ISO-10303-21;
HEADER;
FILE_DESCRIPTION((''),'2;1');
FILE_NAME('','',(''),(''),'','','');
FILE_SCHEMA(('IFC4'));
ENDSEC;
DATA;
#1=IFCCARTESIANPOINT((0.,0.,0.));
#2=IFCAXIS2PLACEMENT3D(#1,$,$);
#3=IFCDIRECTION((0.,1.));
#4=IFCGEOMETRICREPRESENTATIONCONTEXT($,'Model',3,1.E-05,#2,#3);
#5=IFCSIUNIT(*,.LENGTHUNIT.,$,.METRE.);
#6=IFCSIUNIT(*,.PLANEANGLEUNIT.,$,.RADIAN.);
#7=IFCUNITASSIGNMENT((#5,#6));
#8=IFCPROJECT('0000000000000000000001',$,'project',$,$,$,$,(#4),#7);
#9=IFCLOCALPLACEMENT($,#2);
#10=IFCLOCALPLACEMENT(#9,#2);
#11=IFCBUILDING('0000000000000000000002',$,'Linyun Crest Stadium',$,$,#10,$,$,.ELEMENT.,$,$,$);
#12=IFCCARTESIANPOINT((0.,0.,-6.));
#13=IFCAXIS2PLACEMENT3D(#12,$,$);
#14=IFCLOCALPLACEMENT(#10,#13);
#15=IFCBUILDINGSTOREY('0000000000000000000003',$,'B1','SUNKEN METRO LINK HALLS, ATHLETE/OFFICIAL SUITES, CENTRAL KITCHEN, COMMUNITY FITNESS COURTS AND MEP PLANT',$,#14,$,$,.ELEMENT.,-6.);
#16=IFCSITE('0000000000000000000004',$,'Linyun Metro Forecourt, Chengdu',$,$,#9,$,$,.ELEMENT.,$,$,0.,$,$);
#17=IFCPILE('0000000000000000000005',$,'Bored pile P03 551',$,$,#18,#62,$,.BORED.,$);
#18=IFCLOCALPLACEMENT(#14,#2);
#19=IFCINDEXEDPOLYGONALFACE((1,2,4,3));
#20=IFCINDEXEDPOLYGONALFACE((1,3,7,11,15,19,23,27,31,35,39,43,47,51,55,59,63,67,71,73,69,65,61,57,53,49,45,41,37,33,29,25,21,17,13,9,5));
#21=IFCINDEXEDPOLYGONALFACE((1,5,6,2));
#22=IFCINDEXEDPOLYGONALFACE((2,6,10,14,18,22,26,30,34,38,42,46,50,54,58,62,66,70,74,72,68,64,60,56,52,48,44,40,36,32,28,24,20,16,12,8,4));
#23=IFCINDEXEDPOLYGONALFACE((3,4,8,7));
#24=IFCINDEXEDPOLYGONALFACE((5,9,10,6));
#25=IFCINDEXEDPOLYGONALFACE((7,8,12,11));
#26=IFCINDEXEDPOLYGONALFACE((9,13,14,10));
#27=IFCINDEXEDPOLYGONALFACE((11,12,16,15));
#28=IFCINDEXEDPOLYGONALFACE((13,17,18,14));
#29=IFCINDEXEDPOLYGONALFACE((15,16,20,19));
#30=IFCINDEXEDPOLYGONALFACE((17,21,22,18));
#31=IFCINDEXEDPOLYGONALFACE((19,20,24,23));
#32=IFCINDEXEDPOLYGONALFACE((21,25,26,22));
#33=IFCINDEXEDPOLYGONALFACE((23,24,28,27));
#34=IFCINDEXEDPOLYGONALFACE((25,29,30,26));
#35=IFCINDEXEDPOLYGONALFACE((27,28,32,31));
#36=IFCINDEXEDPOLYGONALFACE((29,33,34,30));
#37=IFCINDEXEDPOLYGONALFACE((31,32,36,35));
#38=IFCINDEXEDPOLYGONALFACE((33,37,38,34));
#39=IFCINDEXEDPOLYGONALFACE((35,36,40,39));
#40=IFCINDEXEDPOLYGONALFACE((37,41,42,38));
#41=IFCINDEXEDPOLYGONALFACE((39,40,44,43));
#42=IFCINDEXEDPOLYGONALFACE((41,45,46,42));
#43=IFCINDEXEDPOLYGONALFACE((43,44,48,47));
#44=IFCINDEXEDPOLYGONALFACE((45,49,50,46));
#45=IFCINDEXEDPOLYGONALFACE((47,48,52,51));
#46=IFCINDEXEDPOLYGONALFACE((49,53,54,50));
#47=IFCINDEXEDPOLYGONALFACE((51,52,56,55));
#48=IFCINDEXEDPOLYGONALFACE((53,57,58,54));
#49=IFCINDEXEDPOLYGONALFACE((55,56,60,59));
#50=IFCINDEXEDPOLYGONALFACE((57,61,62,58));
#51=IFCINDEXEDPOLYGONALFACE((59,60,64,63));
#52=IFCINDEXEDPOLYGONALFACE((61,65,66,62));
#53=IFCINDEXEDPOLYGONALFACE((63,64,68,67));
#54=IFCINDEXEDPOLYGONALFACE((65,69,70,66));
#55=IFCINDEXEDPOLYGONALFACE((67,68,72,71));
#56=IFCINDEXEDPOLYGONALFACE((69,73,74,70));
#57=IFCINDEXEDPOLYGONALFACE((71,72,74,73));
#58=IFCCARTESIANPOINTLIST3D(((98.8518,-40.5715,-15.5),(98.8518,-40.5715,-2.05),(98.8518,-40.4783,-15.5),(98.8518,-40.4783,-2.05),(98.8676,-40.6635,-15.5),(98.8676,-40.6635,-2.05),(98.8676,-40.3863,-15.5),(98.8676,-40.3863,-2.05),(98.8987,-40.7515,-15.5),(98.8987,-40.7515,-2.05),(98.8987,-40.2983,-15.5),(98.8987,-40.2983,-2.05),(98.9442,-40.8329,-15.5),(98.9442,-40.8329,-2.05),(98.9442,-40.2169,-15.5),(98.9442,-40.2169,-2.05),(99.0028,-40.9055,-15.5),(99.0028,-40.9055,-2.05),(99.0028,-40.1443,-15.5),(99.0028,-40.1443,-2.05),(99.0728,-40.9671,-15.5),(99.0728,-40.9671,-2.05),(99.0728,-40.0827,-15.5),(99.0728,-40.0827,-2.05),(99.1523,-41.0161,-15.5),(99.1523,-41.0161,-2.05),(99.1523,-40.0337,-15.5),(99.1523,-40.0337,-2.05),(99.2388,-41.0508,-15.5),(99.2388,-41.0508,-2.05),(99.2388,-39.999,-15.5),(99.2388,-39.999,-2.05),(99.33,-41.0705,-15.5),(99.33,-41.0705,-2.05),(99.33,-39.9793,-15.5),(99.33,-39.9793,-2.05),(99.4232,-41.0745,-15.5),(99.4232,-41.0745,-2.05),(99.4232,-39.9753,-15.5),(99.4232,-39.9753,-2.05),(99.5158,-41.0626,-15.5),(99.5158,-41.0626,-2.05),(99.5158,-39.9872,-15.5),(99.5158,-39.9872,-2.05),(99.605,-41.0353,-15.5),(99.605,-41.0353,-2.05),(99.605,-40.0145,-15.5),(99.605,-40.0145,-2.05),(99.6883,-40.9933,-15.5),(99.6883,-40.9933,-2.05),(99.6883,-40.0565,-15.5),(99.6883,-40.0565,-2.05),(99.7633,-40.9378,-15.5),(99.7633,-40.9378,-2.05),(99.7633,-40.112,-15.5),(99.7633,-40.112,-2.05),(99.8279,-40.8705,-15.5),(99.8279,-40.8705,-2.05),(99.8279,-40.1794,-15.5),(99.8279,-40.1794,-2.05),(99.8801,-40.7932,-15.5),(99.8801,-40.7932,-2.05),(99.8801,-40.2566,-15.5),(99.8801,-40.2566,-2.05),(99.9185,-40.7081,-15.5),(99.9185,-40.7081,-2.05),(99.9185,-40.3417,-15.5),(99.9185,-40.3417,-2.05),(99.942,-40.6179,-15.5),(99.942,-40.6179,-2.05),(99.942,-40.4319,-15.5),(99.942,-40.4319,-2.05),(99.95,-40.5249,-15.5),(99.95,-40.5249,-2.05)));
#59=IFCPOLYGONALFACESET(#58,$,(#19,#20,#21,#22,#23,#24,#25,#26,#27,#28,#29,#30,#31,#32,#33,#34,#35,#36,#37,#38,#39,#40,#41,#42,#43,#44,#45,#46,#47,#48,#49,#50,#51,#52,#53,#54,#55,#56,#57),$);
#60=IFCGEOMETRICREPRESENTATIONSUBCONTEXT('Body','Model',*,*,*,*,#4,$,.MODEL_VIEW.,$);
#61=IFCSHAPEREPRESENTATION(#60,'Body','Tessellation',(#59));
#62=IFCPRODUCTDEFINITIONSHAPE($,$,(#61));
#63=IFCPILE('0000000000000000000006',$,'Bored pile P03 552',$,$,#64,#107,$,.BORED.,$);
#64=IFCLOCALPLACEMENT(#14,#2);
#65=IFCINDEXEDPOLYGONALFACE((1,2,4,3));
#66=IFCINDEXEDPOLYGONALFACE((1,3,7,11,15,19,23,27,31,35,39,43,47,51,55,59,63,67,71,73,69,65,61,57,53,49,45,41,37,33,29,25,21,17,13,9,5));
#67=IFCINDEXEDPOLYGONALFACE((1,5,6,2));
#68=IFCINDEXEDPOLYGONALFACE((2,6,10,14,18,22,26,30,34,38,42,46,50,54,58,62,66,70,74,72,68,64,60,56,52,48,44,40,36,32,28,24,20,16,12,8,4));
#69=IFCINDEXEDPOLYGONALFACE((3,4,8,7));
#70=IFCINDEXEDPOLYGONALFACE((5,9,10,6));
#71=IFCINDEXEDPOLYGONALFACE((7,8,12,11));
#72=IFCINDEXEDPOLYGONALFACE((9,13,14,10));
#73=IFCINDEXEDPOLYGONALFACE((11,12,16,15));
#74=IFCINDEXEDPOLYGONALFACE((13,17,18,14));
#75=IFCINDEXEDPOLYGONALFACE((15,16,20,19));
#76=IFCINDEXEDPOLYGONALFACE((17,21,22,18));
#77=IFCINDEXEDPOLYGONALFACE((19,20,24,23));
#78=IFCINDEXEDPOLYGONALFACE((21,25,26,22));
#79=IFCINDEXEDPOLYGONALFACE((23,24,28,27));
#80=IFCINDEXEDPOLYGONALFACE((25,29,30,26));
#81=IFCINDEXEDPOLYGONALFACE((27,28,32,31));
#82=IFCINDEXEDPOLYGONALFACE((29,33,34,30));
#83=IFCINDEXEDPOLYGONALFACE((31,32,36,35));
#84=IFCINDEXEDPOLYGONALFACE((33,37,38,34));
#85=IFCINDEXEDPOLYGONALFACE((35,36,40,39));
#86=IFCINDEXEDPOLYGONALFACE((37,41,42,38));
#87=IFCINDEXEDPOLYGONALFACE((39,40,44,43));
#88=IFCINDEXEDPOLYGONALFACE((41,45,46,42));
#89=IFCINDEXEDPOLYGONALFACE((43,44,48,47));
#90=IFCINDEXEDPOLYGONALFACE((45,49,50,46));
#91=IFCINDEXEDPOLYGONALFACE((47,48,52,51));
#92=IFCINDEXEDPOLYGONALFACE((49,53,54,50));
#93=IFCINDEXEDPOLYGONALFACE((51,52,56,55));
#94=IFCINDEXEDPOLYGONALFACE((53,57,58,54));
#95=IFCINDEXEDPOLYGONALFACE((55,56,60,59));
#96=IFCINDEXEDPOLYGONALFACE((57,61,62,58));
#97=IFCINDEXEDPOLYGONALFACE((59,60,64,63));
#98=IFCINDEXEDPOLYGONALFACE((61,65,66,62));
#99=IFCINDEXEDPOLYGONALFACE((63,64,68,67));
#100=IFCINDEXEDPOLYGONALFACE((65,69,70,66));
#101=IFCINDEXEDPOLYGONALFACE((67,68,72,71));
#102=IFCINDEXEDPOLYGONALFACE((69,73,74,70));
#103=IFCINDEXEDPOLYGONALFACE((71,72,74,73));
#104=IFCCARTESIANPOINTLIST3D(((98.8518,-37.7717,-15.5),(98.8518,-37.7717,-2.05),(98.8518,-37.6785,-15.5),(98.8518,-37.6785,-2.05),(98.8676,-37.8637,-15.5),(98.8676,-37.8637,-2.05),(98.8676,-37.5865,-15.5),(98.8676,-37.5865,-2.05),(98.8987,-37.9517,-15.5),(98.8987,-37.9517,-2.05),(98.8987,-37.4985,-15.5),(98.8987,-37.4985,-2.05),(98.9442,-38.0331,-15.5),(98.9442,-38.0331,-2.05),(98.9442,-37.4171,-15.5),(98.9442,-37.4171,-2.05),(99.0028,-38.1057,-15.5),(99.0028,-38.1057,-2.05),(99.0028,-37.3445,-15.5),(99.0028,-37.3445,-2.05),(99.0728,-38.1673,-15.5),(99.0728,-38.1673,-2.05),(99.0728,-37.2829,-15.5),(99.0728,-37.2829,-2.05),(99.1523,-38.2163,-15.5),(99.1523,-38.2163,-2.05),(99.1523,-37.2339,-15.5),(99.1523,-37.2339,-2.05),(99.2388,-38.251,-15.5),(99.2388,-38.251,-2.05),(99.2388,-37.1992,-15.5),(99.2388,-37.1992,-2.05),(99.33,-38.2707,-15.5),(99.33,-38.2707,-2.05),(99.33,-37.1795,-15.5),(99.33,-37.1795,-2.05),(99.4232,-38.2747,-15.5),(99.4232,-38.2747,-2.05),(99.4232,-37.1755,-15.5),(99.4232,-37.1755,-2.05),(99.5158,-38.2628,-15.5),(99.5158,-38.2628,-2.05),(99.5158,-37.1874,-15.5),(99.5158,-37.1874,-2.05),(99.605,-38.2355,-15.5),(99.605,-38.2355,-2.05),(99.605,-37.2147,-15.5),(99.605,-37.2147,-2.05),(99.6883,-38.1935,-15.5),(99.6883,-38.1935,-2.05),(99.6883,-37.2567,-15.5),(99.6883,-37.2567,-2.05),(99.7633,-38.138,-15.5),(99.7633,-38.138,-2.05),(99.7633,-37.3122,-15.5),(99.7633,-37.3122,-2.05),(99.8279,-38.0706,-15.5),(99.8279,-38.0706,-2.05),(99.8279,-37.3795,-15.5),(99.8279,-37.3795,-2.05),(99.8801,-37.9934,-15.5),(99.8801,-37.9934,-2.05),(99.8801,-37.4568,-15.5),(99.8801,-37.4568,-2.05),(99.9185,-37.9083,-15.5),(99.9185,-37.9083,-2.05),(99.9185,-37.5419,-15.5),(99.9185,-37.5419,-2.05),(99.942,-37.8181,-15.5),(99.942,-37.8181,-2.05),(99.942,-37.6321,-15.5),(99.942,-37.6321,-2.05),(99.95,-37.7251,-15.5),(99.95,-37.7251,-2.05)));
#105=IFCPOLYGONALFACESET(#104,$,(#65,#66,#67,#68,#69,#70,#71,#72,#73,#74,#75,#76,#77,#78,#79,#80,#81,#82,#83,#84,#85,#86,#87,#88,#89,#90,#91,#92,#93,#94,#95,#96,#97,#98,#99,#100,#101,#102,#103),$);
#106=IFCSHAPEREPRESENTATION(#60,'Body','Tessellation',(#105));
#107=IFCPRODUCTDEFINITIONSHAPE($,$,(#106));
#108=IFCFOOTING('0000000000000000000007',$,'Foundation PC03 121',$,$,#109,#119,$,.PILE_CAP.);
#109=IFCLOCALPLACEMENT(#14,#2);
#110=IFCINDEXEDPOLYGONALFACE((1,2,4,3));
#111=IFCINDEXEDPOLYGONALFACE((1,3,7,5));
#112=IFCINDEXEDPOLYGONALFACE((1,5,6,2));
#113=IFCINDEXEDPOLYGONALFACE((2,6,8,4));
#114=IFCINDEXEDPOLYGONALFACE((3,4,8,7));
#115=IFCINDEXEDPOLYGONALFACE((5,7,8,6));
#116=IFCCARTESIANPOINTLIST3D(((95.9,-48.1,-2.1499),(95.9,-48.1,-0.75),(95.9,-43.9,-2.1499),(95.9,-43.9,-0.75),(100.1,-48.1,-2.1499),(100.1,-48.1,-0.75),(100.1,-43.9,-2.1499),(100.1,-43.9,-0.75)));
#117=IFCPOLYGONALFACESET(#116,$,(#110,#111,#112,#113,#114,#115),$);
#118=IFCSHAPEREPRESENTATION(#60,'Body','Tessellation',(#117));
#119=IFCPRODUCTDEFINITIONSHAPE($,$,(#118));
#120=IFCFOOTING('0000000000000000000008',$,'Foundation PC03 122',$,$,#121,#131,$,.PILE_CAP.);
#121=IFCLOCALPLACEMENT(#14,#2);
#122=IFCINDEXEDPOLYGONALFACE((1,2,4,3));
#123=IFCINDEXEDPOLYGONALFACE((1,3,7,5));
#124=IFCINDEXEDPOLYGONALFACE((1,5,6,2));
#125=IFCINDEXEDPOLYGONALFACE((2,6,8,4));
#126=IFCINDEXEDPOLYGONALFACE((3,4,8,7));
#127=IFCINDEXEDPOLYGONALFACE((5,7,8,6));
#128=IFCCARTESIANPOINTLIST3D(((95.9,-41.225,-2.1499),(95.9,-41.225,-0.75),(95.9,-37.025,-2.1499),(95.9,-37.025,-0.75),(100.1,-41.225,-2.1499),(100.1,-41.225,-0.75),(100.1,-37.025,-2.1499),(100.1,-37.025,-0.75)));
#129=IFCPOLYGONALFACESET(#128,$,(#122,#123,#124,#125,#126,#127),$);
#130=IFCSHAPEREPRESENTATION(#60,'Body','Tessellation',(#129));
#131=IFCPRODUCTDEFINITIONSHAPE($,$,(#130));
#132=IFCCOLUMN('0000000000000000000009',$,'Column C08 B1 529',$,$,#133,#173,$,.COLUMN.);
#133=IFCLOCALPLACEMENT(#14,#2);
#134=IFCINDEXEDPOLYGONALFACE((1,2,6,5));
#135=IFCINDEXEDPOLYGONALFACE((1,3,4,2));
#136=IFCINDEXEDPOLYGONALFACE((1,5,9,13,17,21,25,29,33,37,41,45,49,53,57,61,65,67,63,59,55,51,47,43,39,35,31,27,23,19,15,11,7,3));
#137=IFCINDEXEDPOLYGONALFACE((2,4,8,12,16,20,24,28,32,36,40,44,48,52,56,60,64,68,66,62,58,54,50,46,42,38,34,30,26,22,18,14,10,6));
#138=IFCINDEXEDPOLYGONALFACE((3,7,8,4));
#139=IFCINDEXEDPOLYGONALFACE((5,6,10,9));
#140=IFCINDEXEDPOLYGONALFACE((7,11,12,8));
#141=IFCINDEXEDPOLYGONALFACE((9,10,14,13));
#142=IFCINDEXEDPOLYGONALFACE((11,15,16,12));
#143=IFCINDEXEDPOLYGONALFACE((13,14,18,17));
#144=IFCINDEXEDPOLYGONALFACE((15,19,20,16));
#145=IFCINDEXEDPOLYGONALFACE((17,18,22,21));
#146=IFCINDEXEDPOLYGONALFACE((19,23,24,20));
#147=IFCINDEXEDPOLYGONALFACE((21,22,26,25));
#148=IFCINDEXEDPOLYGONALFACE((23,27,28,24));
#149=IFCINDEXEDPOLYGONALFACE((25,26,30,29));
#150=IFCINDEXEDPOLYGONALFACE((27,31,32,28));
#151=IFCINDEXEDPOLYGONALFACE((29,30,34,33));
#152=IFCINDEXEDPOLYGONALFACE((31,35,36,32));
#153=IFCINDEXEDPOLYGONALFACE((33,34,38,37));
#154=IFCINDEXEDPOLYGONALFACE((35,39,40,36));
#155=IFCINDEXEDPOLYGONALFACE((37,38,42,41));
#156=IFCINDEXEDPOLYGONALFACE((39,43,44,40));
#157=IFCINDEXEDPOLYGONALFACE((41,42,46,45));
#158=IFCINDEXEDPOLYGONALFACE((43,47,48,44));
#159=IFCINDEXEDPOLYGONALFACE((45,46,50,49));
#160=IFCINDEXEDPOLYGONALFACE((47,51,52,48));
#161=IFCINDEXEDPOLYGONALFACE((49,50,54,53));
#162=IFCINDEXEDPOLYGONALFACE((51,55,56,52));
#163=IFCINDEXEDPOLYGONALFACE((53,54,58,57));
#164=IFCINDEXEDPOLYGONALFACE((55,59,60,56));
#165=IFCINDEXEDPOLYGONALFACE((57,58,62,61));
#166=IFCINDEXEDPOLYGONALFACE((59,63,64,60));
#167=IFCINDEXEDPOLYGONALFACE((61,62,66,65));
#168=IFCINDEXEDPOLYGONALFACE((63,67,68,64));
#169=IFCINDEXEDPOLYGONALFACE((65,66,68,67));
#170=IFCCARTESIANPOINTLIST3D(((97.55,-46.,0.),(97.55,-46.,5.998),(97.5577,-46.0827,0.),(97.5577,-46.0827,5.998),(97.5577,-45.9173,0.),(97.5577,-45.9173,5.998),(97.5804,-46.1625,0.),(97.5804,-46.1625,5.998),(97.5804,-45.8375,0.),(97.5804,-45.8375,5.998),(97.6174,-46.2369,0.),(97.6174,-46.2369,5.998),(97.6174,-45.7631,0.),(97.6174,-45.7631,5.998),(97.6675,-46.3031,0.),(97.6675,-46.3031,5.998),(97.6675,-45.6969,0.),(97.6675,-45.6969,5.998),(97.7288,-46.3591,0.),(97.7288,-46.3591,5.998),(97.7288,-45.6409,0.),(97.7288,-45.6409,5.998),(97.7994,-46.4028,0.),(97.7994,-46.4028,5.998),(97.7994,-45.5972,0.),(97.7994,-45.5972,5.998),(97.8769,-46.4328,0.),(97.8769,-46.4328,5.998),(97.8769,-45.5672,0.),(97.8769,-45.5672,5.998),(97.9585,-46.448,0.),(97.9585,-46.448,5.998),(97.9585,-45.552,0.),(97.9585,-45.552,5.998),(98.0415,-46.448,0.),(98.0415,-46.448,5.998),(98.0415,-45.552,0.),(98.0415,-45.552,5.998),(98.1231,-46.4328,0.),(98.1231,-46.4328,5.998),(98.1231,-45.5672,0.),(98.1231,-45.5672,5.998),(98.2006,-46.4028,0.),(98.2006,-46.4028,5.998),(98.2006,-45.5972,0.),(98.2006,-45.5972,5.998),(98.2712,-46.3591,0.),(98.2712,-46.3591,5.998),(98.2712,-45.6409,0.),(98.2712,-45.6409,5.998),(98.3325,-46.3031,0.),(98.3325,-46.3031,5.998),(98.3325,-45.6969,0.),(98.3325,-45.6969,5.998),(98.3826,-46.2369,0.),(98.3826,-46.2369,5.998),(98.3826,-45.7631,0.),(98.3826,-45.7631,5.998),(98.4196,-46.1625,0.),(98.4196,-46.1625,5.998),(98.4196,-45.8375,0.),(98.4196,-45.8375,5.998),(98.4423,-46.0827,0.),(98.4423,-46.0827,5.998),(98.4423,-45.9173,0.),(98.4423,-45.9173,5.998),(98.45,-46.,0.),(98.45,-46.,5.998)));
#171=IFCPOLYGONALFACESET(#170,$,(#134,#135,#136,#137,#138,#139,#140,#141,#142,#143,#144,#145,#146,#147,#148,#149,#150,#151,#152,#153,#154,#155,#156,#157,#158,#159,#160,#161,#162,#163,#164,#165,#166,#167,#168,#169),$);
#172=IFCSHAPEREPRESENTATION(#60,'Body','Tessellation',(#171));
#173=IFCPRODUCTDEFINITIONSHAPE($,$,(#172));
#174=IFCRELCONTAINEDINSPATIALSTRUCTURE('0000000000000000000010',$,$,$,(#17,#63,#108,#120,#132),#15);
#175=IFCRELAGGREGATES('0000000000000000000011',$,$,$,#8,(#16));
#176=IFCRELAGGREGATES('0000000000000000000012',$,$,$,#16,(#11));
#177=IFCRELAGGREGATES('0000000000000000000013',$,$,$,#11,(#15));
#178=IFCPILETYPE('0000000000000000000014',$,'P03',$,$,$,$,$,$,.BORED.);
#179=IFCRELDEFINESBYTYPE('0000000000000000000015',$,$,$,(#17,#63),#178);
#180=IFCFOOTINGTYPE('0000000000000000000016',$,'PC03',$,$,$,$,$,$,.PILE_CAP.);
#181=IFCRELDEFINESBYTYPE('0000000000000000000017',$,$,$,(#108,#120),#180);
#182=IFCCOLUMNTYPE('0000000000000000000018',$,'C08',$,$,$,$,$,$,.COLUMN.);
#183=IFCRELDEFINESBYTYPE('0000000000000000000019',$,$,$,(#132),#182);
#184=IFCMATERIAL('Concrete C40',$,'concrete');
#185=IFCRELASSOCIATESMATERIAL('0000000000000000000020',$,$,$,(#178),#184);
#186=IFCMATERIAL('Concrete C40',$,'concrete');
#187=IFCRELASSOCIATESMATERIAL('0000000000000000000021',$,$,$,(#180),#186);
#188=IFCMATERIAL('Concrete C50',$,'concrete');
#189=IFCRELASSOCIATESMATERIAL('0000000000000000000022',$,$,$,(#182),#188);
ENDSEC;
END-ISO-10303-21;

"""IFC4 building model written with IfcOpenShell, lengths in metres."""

from ifc_helpers import new_model, si_unit, direction, frame, origin, origin_2d, place, context, subcontext, project, spatial, rectangle, circle, extrude, material, material_profile, profile_set, type_object, element, save


model = new_model("IFC4")

# Units and contexts
model_context = context("Model", 3, precision=1e-05, world=origin(), true_north=direction((0.0, 1.0)))
body_context = subcontext(model_context, "Body", "Model", "MODEL_VIEW")
ifc_project = project(units=[si_unit("LENGTHUNIT", "METRE"), si_unit("PLANEANGLEUNIT", "RADIAN")], contexts=[model_context])

# Site, building, storey
site_placement = place(None, origin())
site = spatial("IfcSite", under=ifc_project, at=site_placement, Name="Linyun Metro Forecourt, Chengdu", CompositionType="ELEMENT", RefElevation=0.0)
building_placement = place(site_placement, origin())
building = spatial("IfcBuilding", under=site, at=building_placement, Name="Linyun Crest Stadium", CompositionType="ELEMENT")
storey_placement = place(building_placement, frame((0.0, 0.0, -6.0)))
storey = spatial("IfcBuildingStorey", under=building, at=storey_placement, Name="B1", Description="SUNKEN METRO LINK HALLS, ATHLETE/OFFICIAL SUITES, CENTRAL KITCHEN, COMMUNITY FITNESS COURTS AND MEP PLANT", CompositionType="ELEMENT", Elevation=-6.0)

# Piles
ifc_material_1 = material(Name="Concrete C40", Category="concrete")
ifc_material_profile_1 = material_profile(ifc_material_1, circle(Radius=0.55, at=origin_2d()), Name="BORED PILE 1100")
ifc_profile_set_1 = profile_set([ifc_material_profile_1], Name="Concrete C40")
pile_type = type_object("IfcPileType", Name="P03", PredefinedType="BORED", material=ifc_profile_set_1)
for number, where, z_axis, x_axis, name in (
    (1, (99.3999, -40.5249, -2.05), (0.0, 0.0, -1.0), (1.0, 0.0, 0.0), "Bored pile P03 551"),
    (2, (99.3999, -37.7251, -2.05), (0.0, 0.0, -1.0), (1.0, 0.0, 0.0), "Bored pile P03 552"),
):
    element("IfcPile", number, at=place(storey_placement, frame(where, z_axis=z_axis, x_axis=x_axis)), inside=storey, type_object=pile_type, Name=name, PredefinedType="BORED", context=body_context, shape_type="SweptSolid", body=[
        extrude(circle(Radius=0.55, at=origin_2d()), origin(), (0.0, 0.0, 1.0), 13.45),
    ])

# Footings
ifc_material_2 = material(Name="Concrete C40", Category="concrete")
footing_type = type_object("IfcFootingType", Name="PC03", PredefinedType="PILE_CAP", material=ifc_material_2)
for number, where, z_axis, x_axis, name in (
    (3, (98.0, -46.0, -2.1499), (0.0, 0.0, 1.0), (1.0, 0.0, 0.0), "Foundation PC03 121"),
    (4, (98.0, -39.125, -2.1499), (0.0, 0.0, 1.0), (1.0, 0.0, 0.0), "Foundation PC03 122"),
):
    element("IfcFooting", number, at=place(storey_placement, frame(where, z_axis=z_axis, x_axis=x_axis)), inside=storey, type_object=footing_type, Name=name, PredefinedType="PILE_CAP", context=body_context, shape_type="SweptSolid", body=[
        extrude(rectangle(XDim=4.2, YDim=4.2, at=origin_2d()), origin(), (0.0, 0.0, 1.0), 1.3999),
    ])

# Column
ifc_material_3 = material(Name="Concrete C50", Category="concrete")
ifc_material_profile_2 = material_profile(ifc_material_3, circle(Radius=0.45, at=origin_2d()), Name="RC D900")
ifc_profile_set_2 = profile_set([ifc_material_profile_2], Name="Concrete C50")
column_type = type_object("IfcColumnType", Name="C08", PredefinedType="COLUMN", material=ifc_profile_set_2)
for number, where, z_axis, x_axis, name in (
    (5, (98.0, -46.0, 0.0), (0.0, 0.0, 1.0), (1.0, 0.0, 0.0), "Column C08 B1 529"),
):
    element("IfcColumn", number, at=place(storey_placement, frame(where, z_axis=z_axis, x_axis=x_axis)), inside=storey, type_object=column_type, Name=name, PredefinedType="COLUMN", context=body_context, shape_type="SweptSolid", body=[
        extrude(circle(Radius=0.45, at=origin_2d()), origin(), (0.0, 0.0, 1.0), 5.998),
    ])

save(model, "model.ifc")
